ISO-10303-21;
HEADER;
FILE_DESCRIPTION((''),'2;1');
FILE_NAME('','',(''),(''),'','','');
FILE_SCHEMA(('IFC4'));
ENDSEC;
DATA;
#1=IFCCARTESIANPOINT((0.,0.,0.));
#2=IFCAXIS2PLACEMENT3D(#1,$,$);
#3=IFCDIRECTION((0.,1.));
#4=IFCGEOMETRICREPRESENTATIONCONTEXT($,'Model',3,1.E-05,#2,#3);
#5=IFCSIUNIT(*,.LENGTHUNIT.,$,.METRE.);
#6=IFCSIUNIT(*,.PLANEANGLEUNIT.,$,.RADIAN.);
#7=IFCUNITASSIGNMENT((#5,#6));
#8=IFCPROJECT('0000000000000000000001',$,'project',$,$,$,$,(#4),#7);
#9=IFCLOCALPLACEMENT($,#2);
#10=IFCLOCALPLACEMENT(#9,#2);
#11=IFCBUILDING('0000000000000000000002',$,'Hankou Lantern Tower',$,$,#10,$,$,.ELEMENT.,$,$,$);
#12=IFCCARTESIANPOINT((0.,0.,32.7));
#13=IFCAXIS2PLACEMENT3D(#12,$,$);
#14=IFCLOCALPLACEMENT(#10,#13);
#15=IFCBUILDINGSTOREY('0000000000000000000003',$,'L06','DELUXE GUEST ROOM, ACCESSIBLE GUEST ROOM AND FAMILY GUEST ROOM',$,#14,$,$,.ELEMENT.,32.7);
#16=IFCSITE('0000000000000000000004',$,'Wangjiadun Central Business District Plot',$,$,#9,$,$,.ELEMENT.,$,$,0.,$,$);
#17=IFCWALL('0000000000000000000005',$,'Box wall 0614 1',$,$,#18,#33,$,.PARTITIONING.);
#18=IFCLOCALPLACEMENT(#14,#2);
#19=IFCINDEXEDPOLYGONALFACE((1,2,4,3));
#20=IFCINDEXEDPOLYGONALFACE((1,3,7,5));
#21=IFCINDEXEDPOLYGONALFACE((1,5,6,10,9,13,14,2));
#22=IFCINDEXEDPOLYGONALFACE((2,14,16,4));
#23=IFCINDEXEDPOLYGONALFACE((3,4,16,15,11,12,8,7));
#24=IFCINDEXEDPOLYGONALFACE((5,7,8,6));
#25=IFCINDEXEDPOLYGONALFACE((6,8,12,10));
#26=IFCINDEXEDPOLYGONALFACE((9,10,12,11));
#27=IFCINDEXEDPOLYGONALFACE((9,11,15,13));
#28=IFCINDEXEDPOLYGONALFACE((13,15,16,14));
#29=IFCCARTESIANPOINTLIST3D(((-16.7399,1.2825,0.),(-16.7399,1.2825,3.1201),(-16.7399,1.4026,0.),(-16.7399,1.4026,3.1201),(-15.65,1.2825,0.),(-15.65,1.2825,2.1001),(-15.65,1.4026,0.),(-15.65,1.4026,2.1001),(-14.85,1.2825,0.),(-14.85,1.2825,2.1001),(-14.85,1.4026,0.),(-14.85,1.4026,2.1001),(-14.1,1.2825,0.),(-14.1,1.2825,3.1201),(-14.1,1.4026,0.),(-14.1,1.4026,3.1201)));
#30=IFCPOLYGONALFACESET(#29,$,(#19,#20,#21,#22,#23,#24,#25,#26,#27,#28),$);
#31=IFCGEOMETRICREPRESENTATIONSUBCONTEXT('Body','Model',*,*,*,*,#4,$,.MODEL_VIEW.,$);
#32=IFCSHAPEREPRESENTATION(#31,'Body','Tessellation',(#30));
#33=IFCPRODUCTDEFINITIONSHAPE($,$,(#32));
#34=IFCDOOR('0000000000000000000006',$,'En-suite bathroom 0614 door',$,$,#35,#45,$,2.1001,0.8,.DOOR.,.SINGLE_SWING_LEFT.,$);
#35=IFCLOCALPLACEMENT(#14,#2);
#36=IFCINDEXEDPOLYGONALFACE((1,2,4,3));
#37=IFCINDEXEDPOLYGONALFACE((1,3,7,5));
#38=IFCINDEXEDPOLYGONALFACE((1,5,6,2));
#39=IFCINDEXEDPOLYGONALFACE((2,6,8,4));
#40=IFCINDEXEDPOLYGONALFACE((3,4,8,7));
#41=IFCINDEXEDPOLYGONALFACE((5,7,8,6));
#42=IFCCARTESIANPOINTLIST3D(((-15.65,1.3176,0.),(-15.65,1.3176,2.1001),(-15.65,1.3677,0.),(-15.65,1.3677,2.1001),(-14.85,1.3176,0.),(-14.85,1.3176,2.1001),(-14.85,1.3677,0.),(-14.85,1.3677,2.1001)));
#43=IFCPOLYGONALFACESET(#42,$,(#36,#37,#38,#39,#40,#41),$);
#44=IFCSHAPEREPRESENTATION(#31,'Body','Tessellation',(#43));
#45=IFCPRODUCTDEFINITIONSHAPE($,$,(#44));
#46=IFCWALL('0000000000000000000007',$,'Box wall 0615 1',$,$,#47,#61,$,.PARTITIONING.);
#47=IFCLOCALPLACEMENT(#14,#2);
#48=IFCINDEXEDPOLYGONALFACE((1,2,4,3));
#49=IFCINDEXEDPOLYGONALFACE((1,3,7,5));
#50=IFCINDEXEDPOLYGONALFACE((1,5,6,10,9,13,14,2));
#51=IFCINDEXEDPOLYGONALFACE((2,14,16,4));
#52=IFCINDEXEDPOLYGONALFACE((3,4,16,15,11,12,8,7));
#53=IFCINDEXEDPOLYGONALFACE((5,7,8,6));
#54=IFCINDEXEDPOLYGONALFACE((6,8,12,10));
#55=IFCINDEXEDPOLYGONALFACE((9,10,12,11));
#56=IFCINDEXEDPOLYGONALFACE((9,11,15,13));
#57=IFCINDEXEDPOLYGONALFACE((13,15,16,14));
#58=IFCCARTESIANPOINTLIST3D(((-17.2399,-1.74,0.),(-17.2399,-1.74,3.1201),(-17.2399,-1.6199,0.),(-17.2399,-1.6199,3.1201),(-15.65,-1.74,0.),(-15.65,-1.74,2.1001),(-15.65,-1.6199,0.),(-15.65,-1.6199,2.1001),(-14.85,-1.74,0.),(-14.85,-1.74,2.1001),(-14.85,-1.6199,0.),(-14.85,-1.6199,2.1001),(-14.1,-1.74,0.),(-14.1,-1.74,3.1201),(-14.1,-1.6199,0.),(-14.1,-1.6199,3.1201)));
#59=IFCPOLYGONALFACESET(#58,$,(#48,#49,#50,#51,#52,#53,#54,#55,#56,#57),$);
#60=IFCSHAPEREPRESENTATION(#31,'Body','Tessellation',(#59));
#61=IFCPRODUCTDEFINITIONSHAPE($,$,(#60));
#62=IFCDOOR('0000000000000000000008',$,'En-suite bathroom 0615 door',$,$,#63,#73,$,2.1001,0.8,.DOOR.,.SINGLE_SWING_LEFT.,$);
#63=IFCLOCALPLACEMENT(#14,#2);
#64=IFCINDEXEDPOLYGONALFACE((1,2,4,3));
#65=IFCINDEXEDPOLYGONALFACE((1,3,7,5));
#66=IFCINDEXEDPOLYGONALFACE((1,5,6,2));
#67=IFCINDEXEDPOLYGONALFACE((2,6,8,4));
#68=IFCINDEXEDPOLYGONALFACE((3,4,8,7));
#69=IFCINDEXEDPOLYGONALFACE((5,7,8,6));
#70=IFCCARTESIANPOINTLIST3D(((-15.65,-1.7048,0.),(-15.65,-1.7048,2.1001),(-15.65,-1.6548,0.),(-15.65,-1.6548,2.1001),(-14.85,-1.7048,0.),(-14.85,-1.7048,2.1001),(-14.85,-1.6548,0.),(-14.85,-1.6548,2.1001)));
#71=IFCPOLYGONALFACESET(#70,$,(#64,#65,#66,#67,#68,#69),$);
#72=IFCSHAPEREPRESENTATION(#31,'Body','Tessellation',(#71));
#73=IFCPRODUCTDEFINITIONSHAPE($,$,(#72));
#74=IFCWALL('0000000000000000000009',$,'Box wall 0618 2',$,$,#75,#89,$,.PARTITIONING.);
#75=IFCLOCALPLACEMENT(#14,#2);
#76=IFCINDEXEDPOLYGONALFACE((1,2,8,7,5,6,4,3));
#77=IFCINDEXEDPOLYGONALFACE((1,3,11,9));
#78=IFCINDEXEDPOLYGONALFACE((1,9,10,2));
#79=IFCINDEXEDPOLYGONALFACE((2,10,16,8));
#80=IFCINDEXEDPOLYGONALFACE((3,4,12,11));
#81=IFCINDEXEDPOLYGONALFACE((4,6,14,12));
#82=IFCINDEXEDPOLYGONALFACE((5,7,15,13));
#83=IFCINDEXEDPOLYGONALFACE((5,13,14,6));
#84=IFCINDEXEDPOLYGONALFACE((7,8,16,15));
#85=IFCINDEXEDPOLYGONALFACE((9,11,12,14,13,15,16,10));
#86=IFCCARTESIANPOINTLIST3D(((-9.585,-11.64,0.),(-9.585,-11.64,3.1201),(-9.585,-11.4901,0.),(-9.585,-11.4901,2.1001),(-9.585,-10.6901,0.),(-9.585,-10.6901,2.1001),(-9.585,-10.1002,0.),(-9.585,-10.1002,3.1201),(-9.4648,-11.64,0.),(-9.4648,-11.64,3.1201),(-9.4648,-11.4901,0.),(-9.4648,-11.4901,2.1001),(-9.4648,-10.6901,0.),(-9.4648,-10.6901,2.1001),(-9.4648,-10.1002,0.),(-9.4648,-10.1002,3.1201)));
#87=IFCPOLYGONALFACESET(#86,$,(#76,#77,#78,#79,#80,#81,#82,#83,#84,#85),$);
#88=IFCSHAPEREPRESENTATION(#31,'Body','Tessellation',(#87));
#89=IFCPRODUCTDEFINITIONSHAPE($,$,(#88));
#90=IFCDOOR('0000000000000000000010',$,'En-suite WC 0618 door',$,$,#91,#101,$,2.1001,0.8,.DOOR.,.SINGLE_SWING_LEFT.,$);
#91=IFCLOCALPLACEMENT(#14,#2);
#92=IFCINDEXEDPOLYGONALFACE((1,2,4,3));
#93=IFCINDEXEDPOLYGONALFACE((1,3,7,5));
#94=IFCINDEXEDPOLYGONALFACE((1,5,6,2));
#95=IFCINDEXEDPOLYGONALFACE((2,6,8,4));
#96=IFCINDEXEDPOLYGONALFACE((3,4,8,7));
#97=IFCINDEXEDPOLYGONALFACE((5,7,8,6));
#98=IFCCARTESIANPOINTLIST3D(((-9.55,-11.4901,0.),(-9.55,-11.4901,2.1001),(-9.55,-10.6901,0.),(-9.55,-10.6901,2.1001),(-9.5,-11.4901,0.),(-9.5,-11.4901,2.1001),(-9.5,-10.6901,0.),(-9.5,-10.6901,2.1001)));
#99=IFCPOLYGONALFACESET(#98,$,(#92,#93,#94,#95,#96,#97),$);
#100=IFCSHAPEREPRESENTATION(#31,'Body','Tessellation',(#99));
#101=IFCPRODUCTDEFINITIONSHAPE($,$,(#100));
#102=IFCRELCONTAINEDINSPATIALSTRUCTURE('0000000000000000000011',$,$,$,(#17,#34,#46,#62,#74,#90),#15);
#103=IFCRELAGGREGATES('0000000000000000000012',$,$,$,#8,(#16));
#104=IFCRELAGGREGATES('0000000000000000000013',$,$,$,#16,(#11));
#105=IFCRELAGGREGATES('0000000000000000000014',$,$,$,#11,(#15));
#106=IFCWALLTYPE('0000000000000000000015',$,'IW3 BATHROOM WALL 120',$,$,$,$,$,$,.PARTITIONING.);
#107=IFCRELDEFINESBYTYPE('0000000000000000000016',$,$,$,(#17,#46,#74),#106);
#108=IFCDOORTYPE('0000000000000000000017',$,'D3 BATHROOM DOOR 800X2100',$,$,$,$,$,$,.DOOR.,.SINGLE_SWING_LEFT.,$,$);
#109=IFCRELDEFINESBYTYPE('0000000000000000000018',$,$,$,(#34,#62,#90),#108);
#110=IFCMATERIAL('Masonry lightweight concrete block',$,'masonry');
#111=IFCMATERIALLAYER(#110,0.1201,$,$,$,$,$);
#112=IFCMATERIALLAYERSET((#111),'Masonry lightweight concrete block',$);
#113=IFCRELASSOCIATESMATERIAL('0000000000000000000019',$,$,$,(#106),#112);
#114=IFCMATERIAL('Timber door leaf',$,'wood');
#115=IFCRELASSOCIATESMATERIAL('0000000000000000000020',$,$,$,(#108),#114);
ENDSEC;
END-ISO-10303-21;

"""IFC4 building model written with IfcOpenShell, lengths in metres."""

from ifc_helpers import new_model, si_unit, direction, frame, frame_2d, origin, place, context, subcontext, project, spatial, rectangle, extrude, material, layer, layer_set, type_object, element, fill, save


model = new_model("IFC4")

# Units and contexts
model_context = context("Model", 3, precision=1e-05, world=origin(), true_north=direction((0.0, 1.0)))
body_context = subcontext(model_context, "Body", "Model", "MODEL_VIEW")
ifc_project = project(units=[si_unit("LENGTHUNIT", "METRE"), si_unit("PLANEANGLEUNIT", "RADIAN")], contexts=[model_context])

# Site, building, storey
site_placement = place(None, origin())
site = spatial("IfcSite", under=ifc_project, at=site_placement, Name="Wangjiadun Central Business District Plot", CompositionType="ELEMENT", RefElevation=0.0)
building_placement = place(site_placement, origin())
building = spatial("IfcBuilding", under=site, at=building_placement, Name="Hankou Lantern Tower", CompositionType="ELEMENT")
storey_placement = place(building_placement, frame((0.0, 0.0, 32.7)))
storey = spatial("IfcBuildingStorey", under=building, at=storey_placement, Name="L06", Description="DELUXE GUEST ROOM, ACCESSIBLE GUEST ROOM AND FAMILY GUEST ROOM", CompositionType="ELEMENT", Elevation=32.7)

# Walls, openings, doors
ifc_material_1 = material(Name="Masonry lightweight concrete block", Category="masonry")
ifc_layer_1 = layer(ifc_material_1, 0.1201)
ifc_layer_set_1 = layer_set([ifc_layer_1], Name="Masonry lightweight concrete block")
wall_type_1 = type_object("IfcWallType", Name="IW3 BATHROOM WALL 120", PredefinedType="PARTITIONING", material=ifc_layer_set_1)
wall_1_placement = place(storey_placement, frame((-14.1001, 1.3425, 0.0), z_axis=(0.0, 0.0, 1.0), x_axis=(-1.0, 0.0, 0.0)))
wall_1 = element("IfcWall", 1, at=wall_1_placement, inside=storey, type_object=wall_type_1, Name="Box wall 0614 1", PredefinedType="PARTITIONING", context=body_context, shape_type="SweptSolid", body=[
    extrude(rectangle(XDim=2.6399, YDim=0.1201, at=frame_2d((1.3198, 0.0))), origin(), (0.0, 0.0, 1.0), 3.1201),
])
opening_1_placement = place(wall_1_placement, frame((0.75, 0.0, 0.0)))
opening_1 = element("IfcOpeningElement", 2, at=opening_1_placement, cuts=wall_1, PredefinedType="OPENING", context=body_context, shape_type="SweptSolid", body=[
    extrude(rectangle(XDim=0.8, YDim=2.1001, at=frame_2d((0.3999, 1.05))), frame((0.0, 0.0701, 0.0), z_axis=(0.0, -1.0, 0.0), x_axis=(1.0, 0.0, 0.0)), (0.0, 0.0, 1.0), 0.1401),
])
ifc_material_2 = material(Name="Timber door leaf", Category="wood")
door_type_1 = type_object("IfcDoorType", Name="D3 BATHROOM DOOR 800X2100", OperationType="SINGLE_SWING_LEFT", PredefinedType="DOOR", material=ifc_material_2)
door_1_placement = place(opening_1_placement, origin())
door_1 = element("IfcDoor", 3, at=door_1_placement, inside=storey, type_object=door_type_1, Name="En-suite bathroom 0614 door", OperationType="SINGLE_SWING_LEFT", OverallHeight=2.1001, OverallWidth=0.8, PredefinedType="DOOR", context=body_context, shape_type="SweptSolid", body=[
    extrude(rectangle(XDim=0.8, YDim=2.1001, at=frame_2d((0.3999, 1.05))), frame((0.0, 0.0249, 0.0), z_axis=(0.0, -1.0, 0.0), x_axis=(1.0, 0.0, 0.0)), (0.0, 0.0, 1.0), 0.05),
])
fill(opening_1, door_1)
wall_2_placement = place(storey_placement, frame((-14.1001, -1.6799, 0.0), z_axis=(0.0, 0.0, 1.0), x_axis=(-1.0, 0.0, 0.0)))
wall_2 = element("IfcWall", 4, at=wall_2_placement, inside=storey, type_object=wall_type_1, Name="Box wall 0615 1", PredefinedType="PARTITIONING", context=body_context, shape_type="SweptSolid", body=[
    extrude(rectangle(XDim=3.1399, YDim=0.1201, at=frame_2d((1.5698, 0.0))), origin(), (0.0, 0.0, 1.0), 3.1201),
])
opening_2_placement = place(wall_2_placement, frame((0.75, 0.0, 0.0)))
opening_2 = element("IfcOpeningElement", 5, at=opening_2_placement, cuts=wall_2, PredefinedType="OPENING", context=body_context, shape_type="SweptSolid", body=[
    extrude(rectangle(XDim=0.8, YDim=2.1001, at=frame_2d((0.3999, 1.05))), frame((0.0, 0.0701, 0.0), z_axis=(0.0, -1.0, 0.0), x_axis=(1.0, 0.0, 0.0)), (0.0, 0.0, 1.0), 0.1401),
])
door_2_placement = place(opening_2_placement, origin())
door_2 = element("IfcDoor", 6, at=door_2_placement, inside=storey, type_object=door_type_1, Name="En-suite bathroom 0615 door", OperationType="SINGLE_SWING_LEFT", OverallHeight=2.1001, OverallWidth=0.8, PredefinedType="DOOR", context=body_context, shape_type="SweptSolid", body=[
    extrude(rectangle(XDim=0.8, YDim=2.1001, at=frame_2d((0.3999, 1.05))), frame((0.0, 0.0249, 0.0), z_axis=(0.0, -1.0, 0.0), x_axis=(1.0, 0.0, 0.0)), (0.0, 0.0, 1.0), 0.05),
])
fill(opening_2, door_2)
wall_3_placement = place(storey_placement, frame((-9.5249, -10.1001, 0.0), z_axis=(0.0, 0.0, 1.0), x_axis=(0.0, -1.0, 0.0)))
wall_3 = element("IfcWall", 7, at=wall_3_placement, inside=storey, type_object=wall_type_1, Name="Box wall 0618 2", PredefinedType="PARTITIONING", context=body_context, shape_type="SweptSolid", body=[
    extrude(rectangle(XDim=1.5398, YDim=0.1201, at=frame_2d((0.77, 0.0))), origin(), (0.0, 0.0, 1.0), 3.1201),
])
opening_3_placement = place(wall_3_placement, frame((0.5901, 0.0, 0.0)))
opening_3 = element("IfcOpeningElement", 8, at=opening_3_placement, cuts=wall_3, PredefinedType="OPENING", context=body_context, shape_type="SweptSolid", body=[
    extrude(rectangle(XDim=0.8, YDim=2.1001, at=frame_2d((0.3999, 1.05))), frame((0.0, 0.0701, 0.0), z_axis=(0.0, -1.0, 0.0), x_axis=(1.0, 0.0, 0.0)), (0.0, 0.0, 1.0), 0.1401),
])
door_3_placement = place(opening_3_placement, origin())
door_3 = element("IfcDoor", 9, at=door_3_placement, inside=storey, type_object=door_type_1, Name="En-suite WC 0618 door", OperationType="SINGLE_SWING_LEFT", OverallHeight=2.1001, OverallWidth=0.8, PredefinedType="DOOR", context=body_context, shape_type="SweptSolid", body=[
    extrude(rectangle(XDim=0.8, YDim=2.1001, at=frame_2d((0.3999, 1.05))), frame((0.0, 0.0249, 0.0), z_axis=(0.0, -1.0, 0.0), x_axis=(1.0, 0.0, 0.0)), (0.0, 0.0, 1.0), 0.05),
])
fill(opening_3, door_3)

save(model, "model.ifc")
